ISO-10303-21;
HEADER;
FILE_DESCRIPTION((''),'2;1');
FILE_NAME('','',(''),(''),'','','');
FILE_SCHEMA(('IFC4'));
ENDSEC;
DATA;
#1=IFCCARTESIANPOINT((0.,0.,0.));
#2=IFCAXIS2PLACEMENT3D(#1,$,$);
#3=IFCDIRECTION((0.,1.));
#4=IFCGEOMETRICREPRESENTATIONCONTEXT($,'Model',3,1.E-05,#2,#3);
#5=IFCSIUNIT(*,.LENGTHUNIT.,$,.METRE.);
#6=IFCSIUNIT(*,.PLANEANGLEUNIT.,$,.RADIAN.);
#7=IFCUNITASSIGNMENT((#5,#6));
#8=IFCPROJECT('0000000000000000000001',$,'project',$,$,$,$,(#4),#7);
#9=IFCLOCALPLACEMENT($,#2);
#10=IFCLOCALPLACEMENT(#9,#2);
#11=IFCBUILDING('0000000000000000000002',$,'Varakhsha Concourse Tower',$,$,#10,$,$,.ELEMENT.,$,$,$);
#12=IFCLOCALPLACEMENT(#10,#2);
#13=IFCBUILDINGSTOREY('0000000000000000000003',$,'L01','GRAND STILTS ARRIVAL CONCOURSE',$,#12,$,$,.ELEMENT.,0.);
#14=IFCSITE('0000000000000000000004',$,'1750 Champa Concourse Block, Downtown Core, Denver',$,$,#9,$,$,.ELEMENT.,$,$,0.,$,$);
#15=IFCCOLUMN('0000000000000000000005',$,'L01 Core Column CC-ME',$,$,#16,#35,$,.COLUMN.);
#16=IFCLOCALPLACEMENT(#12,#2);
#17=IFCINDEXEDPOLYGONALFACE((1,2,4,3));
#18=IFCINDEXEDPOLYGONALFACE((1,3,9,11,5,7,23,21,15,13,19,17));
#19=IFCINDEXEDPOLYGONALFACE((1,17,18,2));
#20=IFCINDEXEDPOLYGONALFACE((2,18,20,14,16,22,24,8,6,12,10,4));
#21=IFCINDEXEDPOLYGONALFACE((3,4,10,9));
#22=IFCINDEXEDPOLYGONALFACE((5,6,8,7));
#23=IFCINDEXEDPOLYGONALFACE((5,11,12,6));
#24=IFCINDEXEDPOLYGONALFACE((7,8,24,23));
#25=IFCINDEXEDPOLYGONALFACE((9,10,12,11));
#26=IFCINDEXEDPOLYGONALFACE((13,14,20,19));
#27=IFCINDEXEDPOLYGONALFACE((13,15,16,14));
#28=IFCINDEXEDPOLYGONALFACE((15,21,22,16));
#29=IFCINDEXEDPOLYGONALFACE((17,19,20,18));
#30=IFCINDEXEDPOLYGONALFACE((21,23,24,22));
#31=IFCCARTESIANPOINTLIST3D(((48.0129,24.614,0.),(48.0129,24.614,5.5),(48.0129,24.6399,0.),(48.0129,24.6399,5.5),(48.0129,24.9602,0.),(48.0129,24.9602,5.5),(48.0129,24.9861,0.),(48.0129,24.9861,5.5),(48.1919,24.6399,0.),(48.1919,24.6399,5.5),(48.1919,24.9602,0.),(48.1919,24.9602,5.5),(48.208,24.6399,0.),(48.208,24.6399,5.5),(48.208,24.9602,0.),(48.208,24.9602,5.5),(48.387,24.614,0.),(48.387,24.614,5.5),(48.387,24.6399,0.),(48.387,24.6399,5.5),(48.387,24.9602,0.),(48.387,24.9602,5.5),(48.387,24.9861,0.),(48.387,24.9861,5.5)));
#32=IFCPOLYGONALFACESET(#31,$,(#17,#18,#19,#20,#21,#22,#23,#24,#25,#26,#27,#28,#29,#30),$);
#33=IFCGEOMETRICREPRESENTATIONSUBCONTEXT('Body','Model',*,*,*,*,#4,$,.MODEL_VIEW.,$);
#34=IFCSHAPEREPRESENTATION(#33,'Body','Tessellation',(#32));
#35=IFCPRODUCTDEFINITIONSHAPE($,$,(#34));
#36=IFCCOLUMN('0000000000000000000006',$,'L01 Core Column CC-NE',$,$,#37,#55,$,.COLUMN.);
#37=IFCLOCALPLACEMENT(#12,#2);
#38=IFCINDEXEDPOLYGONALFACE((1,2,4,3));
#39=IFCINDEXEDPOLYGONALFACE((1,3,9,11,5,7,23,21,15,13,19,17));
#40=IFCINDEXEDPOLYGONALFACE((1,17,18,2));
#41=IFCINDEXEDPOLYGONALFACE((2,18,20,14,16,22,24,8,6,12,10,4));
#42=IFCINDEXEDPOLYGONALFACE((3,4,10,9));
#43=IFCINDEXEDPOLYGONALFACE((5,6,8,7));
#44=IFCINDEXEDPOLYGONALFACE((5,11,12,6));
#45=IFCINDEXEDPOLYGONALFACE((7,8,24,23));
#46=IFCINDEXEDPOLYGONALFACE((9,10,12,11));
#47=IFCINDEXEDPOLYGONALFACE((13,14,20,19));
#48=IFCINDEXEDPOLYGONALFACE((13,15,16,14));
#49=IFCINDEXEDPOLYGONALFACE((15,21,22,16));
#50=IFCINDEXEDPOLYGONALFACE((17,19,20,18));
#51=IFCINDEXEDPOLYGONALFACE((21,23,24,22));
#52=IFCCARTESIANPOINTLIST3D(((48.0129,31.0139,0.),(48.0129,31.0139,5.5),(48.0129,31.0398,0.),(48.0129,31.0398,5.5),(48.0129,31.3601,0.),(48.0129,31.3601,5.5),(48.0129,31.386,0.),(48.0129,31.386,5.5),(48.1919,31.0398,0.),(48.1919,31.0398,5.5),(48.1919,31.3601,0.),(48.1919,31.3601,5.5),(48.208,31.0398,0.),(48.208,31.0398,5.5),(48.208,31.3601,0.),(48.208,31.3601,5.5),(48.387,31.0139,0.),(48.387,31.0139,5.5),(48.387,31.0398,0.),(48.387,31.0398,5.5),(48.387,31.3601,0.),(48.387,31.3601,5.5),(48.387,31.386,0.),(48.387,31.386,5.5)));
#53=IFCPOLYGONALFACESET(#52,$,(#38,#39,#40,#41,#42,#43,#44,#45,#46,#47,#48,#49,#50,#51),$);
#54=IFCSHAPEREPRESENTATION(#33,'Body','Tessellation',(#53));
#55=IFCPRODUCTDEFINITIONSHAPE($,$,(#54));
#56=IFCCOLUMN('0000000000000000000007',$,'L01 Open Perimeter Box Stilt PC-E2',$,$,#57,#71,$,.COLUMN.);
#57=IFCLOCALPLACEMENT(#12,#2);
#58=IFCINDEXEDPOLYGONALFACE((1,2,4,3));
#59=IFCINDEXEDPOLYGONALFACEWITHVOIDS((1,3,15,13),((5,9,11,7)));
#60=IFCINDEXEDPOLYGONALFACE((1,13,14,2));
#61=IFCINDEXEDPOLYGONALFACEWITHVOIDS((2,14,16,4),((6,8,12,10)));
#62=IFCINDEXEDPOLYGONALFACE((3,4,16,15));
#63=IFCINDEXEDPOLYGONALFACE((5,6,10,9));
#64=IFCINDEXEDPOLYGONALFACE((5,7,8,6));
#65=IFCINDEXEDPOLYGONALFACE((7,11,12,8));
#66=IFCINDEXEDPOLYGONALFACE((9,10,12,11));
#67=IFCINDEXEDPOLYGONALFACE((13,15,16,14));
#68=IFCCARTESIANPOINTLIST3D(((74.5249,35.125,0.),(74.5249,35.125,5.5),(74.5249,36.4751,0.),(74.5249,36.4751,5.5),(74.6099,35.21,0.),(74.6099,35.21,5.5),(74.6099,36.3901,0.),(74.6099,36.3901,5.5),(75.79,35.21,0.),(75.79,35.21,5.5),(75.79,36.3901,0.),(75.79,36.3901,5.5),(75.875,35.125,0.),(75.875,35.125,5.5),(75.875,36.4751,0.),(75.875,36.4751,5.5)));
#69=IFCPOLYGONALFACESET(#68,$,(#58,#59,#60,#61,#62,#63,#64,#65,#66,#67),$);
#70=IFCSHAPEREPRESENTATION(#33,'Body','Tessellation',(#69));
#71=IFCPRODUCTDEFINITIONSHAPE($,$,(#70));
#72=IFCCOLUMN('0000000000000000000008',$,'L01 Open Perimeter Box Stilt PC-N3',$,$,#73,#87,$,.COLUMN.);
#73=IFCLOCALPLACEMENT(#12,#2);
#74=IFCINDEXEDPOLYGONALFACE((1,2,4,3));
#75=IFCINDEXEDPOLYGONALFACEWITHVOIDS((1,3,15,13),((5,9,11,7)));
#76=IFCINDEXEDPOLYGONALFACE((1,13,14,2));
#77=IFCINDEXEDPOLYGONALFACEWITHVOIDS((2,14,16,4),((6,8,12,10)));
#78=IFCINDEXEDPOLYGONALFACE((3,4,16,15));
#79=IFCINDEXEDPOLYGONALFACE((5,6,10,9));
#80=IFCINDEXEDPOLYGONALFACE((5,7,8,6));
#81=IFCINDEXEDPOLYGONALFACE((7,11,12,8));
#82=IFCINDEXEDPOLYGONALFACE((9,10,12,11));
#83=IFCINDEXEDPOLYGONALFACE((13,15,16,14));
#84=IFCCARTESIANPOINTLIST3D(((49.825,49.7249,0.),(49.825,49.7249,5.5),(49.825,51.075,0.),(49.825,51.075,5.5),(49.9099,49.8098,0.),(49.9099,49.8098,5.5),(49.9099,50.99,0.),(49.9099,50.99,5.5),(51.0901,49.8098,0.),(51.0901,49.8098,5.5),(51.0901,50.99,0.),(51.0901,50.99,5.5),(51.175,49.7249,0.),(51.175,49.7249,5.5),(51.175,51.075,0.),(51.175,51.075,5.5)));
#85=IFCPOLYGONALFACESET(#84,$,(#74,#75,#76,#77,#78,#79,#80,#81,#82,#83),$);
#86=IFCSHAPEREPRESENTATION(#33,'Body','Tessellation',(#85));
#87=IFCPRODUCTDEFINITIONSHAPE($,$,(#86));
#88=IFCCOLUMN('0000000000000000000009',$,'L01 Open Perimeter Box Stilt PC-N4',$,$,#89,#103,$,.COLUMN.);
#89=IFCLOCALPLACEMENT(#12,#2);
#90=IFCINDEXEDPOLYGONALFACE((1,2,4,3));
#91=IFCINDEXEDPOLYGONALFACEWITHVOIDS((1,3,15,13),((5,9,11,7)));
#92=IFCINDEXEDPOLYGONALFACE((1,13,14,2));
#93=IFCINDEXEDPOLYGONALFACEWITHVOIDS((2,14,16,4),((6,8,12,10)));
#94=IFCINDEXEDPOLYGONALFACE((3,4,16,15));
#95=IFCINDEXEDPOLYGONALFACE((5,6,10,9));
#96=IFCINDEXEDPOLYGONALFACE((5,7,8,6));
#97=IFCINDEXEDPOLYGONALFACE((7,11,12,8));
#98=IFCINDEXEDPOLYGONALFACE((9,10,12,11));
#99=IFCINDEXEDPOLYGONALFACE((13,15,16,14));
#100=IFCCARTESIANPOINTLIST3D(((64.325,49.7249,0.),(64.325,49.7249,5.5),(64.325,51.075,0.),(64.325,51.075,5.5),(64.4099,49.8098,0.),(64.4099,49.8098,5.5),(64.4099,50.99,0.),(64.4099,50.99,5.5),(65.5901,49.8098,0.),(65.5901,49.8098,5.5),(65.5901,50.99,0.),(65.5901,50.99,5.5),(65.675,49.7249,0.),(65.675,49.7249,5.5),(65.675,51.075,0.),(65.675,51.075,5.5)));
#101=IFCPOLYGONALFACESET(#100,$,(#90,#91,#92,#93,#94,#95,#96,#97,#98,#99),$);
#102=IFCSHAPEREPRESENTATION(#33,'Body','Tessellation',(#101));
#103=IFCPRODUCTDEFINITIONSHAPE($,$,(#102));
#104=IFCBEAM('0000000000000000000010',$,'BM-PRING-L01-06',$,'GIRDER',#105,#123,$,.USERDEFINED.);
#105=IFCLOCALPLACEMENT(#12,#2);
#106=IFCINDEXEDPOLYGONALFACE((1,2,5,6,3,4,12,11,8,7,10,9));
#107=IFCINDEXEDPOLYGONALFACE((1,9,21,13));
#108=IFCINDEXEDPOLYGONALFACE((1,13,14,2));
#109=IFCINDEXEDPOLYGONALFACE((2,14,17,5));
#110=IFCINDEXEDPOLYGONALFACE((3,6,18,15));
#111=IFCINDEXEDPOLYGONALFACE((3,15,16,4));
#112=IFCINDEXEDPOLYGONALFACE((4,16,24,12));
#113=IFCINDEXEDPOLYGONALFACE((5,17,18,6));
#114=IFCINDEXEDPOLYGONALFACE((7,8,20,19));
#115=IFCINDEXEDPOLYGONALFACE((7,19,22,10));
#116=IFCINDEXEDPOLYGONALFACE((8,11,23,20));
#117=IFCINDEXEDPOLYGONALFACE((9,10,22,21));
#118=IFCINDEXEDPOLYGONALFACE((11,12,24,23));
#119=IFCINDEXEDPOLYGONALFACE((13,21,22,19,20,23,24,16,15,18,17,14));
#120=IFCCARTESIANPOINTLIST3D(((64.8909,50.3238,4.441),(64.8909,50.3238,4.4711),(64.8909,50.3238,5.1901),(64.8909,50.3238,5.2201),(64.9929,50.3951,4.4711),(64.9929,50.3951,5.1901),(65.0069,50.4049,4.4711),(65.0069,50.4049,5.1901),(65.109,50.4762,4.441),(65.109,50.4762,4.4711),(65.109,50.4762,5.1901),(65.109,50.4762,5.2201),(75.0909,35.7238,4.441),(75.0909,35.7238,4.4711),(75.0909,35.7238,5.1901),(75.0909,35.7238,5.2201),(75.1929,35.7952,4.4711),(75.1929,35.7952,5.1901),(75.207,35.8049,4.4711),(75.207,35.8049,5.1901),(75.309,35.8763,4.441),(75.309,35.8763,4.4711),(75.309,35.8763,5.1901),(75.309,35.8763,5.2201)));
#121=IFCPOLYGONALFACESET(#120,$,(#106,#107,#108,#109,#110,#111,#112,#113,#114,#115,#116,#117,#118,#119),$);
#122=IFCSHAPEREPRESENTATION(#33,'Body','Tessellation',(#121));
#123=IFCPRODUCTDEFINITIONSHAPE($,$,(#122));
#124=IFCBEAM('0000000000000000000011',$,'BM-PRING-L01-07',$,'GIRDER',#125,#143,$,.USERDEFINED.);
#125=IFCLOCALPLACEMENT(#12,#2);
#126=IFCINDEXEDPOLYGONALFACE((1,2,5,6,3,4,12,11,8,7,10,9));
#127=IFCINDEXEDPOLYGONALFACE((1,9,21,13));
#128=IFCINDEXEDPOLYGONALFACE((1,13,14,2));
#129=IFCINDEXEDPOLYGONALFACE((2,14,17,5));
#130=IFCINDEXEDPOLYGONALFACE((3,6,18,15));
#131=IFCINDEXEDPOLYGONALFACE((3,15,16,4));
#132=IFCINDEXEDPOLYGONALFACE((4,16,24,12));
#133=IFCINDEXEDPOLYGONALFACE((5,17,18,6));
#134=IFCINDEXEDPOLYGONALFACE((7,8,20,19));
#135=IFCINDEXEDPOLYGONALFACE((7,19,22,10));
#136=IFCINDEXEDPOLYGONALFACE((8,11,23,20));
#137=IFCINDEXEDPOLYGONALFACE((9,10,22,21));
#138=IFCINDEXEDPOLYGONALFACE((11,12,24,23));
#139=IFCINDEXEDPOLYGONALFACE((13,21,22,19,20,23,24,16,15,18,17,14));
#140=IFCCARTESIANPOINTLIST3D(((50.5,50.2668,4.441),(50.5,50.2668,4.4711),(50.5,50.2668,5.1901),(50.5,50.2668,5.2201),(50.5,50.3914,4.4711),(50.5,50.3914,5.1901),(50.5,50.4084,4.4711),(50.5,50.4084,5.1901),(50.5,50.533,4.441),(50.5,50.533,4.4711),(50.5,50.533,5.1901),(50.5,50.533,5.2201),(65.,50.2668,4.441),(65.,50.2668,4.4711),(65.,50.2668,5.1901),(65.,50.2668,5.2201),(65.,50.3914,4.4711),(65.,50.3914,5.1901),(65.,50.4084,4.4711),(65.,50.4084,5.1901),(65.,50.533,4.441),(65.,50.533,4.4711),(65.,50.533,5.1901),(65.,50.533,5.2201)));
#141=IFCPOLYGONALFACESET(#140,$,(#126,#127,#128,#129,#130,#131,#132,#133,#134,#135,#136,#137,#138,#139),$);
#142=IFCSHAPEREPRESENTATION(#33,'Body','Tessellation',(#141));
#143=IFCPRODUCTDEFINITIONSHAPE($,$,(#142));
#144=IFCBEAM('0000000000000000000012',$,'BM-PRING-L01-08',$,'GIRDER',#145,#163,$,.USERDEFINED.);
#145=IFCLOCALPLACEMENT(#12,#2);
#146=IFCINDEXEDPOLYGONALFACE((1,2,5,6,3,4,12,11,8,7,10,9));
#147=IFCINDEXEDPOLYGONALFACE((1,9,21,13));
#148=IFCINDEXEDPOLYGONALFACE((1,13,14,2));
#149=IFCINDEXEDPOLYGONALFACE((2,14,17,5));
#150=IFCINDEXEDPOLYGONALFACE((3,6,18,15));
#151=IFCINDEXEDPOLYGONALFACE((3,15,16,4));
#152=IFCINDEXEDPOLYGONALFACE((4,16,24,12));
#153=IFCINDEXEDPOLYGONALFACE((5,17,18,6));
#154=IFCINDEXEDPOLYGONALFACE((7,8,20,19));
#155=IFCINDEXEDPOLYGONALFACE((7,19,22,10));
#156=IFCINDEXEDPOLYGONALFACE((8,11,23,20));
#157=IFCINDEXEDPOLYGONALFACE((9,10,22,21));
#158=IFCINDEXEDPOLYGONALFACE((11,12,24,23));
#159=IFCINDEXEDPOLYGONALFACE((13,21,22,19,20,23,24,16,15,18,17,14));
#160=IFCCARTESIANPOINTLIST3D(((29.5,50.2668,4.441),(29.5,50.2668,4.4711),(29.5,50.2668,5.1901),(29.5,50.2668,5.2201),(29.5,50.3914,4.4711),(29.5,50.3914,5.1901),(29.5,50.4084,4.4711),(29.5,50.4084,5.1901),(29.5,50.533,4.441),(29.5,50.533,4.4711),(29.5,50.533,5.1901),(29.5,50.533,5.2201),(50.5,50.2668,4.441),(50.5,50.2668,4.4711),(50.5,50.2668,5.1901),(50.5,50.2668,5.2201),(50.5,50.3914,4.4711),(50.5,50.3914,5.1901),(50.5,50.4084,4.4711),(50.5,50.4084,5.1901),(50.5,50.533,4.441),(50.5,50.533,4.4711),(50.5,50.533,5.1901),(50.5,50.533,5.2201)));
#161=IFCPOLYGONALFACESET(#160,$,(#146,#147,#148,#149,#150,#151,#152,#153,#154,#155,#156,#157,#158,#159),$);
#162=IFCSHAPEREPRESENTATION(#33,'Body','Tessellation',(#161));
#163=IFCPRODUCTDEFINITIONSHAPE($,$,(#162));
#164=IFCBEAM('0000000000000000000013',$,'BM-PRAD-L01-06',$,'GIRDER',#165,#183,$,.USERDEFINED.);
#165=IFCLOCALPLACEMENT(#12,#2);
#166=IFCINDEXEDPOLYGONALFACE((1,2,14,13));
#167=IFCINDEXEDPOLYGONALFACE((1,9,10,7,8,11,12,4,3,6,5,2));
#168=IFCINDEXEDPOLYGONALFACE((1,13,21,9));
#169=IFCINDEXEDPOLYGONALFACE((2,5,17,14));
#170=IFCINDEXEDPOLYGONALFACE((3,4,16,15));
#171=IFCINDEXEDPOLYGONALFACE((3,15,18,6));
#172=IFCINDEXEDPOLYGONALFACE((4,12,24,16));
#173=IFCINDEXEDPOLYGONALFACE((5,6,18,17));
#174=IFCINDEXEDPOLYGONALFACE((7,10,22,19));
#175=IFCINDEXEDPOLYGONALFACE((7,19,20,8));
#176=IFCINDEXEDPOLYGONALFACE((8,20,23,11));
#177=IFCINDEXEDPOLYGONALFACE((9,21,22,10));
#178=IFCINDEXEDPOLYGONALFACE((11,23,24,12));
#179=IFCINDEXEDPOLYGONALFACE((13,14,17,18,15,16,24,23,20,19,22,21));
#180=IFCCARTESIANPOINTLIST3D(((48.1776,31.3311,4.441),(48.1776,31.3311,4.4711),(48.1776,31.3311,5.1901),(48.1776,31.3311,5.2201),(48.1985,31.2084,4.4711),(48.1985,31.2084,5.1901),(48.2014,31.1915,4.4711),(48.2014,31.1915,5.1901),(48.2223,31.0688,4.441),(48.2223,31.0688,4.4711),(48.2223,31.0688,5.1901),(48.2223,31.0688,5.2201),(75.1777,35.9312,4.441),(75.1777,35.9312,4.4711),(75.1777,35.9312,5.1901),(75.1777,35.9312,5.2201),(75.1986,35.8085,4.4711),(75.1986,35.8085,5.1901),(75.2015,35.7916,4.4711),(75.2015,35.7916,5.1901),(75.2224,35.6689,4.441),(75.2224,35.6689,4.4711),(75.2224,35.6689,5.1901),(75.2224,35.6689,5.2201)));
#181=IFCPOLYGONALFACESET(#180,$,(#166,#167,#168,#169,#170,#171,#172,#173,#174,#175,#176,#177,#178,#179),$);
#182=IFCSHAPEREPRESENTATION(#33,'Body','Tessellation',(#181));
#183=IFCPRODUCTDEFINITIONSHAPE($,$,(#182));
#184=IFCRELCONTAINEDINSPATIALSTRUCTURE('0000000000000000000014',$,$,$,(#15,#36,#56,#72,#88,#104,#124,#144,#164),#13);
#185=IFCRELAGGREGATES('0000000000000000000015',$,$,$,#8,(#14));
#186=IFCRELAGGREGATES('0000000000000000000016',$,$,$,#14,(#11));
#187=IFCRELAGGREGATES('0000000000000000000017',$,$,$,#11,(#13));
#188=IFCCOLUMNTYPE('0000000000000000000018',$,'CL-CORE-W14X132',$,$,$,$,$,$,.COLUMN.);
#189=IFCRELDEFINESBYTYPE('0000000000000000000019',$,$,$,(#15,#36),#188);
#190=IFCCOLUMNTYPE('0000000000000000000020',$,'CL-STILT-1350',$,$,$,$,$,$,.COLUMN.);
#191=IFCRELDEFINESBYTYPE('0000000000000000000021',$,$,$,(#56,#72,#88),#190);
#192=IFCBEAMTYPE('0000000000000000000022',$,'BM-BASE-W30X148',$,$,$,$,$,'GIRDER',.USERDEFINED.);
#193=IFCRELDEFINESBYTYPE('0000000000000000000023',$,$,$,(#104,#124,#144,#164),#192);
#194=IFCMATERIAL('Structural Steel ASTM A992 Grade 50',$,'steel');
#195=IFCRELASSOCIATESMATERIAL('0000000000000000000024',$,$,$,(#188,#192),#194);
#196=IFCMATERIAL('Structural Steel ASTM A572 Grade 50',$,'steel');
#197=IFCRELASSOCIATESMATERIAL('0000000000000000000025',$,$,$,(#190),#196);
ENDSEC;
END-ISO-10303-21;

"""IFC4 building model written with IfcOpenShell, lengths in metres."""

from ifc_helpers import new_model, si_unit, direction, frame, origin, origin_2d, place, context, subcontext, project, spatial, hollow_rectangle, i_section, extrude, material, material_profile, profile_set, type_object, element, save


model = new_model("IFC4")

# Units and contexts
model_context = context("Model", 3, precision=1e-05, world=origin(), true_north=direction((0.0, 1.0)))
body_context = subcontext(model_context, "Body", "Model", "MODEL_VIEW")
ifc_project = project(units=[si_unit("LENGTHUNIT", "METRE"), si_unit("PLANEANGLEUNIT", "RADIAN")], contexts=[model_context])

# Site, building, storey
site_placement = place(None, origin())
site = spatial("IfcSite", under=ifc_project, at=site_placement, Name="1750 Champa Concourse Block, Downtown Core, Denver", CompositionType="ELEMENT", RefElevation=0.0)
building_placement = place(site_placement, origin())
building = spatial("IfcBuilding", under=site, at=building_placement, Name="Varakhsha Concourse Tower", CompositionType="ELEMENT")
storey_placement = place(building_placement, origin())
storey = spatial("IfcBuildingStorey", under=building, at=storey_placement, Name="L01", Description="GRAND STILTS ARRIVAL CONCOURSE", CompositionType="ELEMENT", Elevation=0.0)

# Columns
ifc_material_1 = material(Name="Structural Steel ASTM A992 Grade 50", Category="steel")
ifc_material_profile_1 = material_profile(ifc_material_1, i_section(OverallWidth=0.374, OverallDepth=0.3721, WebThickness=0.0161, FlangeThickness=0.0259, at=origin_2d()), Name="W14X132")
ifc_profile_set_1 = profile_set([ifc_material_profile_1], Name="Structural Steel ASTM A992 Grade 50")
column_type_1 = type_object("IfcColumnType", Name="CL-CORE-W14X132", PredefinedType="COLUMN", material=ifc_profile_set_1)
for number, where, z_axis, x_axis, name in (
    (1, (48.2, 24.8, 0.0), (0.0, 0.0, 1.0), (1.0, 0.0, 0.0), "L01 Core Column CC-ME"),
    (2, (48.2, 31.2, 0.0), (0.0, 0.0, 1.0), (1.0, 0.0, 0.0), "L01 Core Column CC-NE"),
):
    element("IfcColumn", number, at=place(storey_placement, frame(where, z_axis=z_axis, x_axis=x_axis)), inside=storey, type_object=column_type_1, Name=name, PredefinedType="COLUMN", context=body_context, shape_type="SweptSolid", body=[
        extrude(i_section(OverallWidth=0.374, OverallDepth=0.3721, WebThickness=0.0161, FlangeThickness=0.0259, at=origin_2d()), origin(), (0.0, 0.0, 1.0), 5.5),
    ])
ifc_material_2 = material(Name="Structural Steel ASTM A572 Grade 50", Category="steel")
ifc_material_profile_2 = material_profile(ifc_material_2, hollow_rectangle(XDim=1.3501, YDim=1.3501, WallThickness=0.085, at=origin_2d()), Name="BOX 1350x1350x85")
ifc_profile_set_2 = profile_set([ifc_material_profile_2], Name="Structural Steel ASTM A572 Grade 50")
column_type_2 = type_object("IfcColumnType", Name="CL-STILT-1350", PredefinedType="COLUMN", material=ifc_profile_set_2)
for number, where, z_axis, x_axis, name in (
    (3, (75.2, 35.8, 0.0), (0.0, 0.0, 1.0), (1.0, 0.0, 0.0), "L01 Open Perimeter Box Stilt PC-E2"),
    (4, (50.5, 50.3999, 0.0), (0.0, 0.0, 1.0), (1.0, 0.0, 0.0), "L01 Open Perimeter Box Stilt PC-N3"),
    (5, (65.0, 50.3999, 0.0), (0.0, 0.0, 1.0), (1.0, 0.0, 0.0), "L01 Open Perimeter Box Stilt PC-N4"),
):
    element("IfcColumn", number, at=place(storey_placement, frame(where, z_axis=z_axis, x_axis=x_axis)), inside=storey, type_object=column_type_2, Name=name, PredefinedType="COLUMN", context=body_context, shape_type="SweptSolid", body=[
        extrude(hollow_rectangle(XDim=1.3501, YDim=1.3501, WallThickness=0.085, at=origin_2d()), origin(), (0.0, 0.0, 1.0), 5.5),
    ])

# Beams
ifc_material_profile_3 = material_profile(ifc_material_1, i_section(OverallWidth=0.2661, OverallDepth=0.7791, WebThickness=0.0171, FlangeThickness=0.03, at=origin_2d()), Name="W30X148")
ifc_profile_set_3 = profile_set([ifc_material_profile_3], Name="Structural Steel ASTM A992 Grade 50")
beam_type_1 = type_object("IfcBeamType", Name="BM-BASE-W30X148", ElementType="GIRDER", PredefinedType="USERDEFINED", material=ifc_profile_set_3)
beam_1_placement = place(storey_placement, frame((75.2, 35.8, 4.8306), z_axis=(-0.57271, 0.819758, 0.0), x_axis=(-0.819758, -0.57271, 0.0)))
element("IfcBeam", 6, at=beam_1_placement, inside=storey, type_object=beam_type_1, Name="BM-PRING-L01-06", ObjectType="GIRDER", PredefinedType="USERDEFINED", context=body_context, shape_type="SweptSolid", body=[
    extrude(i_section(OverallWidth=0.2661, OverallDepth=0.7791, WebThickness=0.0171, FlangeThickness=0.03, at=origin_2d()), origin(), (0.0, 0.0, 1.0), 17.8101),
])
beam_2_placement = place(storey_placement, frame((65.0, 50.3999, 4.8306), z_axis=(-1.0, 0.0, 0.0), x_axis=(0.0, -1.0, 0.0)))
element("IfcBeam", 7, at=beam_2_placement, inside=storey, type_object=beam_type_1, Name="BM-PRING-L01-07", ObjectType="GIRDER", PredefinedType="USERDEFINED", context=body_context, shape_type="SweptSolid", body=[
    extrude(i_section(OverallWidth=0.2661, OverallDepth=0.7791, WebThickness=0.0171, FlangeThickness=0.03, at=origin_2d()), origin(), (0.0, 0.0, 1.0), 14.5),
])
beam_3_placement = place(storey_placement, frame((50.5, 50.3999, 4.8306), z_axis=(-1.0, 0.0, 0.0), x_axis=(0.0, -1.0, 0.0)))
element("IfcBeam", 8, at=beam_3_placement, inside=storey, type_object=beam_type_1, Name="BM-PRING-L01-08", ObjectType="GIRDER", PredefinedType="USERDEFINED", context=body_context, shape_type="SweptSolid", body=[
    extrude(i_section(OverallWidth=0.2661, OverallDepth=0.7791, WebThickness=0.0171, FlangeThickness=0.03, at=origin_2d()), origin(), (0.0, 0.0, 1.0), 21.0),
])
beam_4_placement = place(storey_placement, frame((48.2, 31.2, 4.8306), z_axis=(0.985795, 0.167954, 0.0), x_axis=(-0.167954, 0.985795, 0.0)))
element("IfcBeam", 9, at=beam_4_placement, inside=storey, type_object=beam_type_1, Name="BM-PRAD-L01-06", ObjectType="GIRDER", PredefinedType="USERDEFINED", context=body_context, shape_type="SweptSolid", body=[
    extrude(i_section(OverallWidth=0.2661, OverallDepth=0.7791, WebThickness=0.0171, FlangeThickness=0.03, at=origin_2d()), origin(), (0.0, 0.0, 1.0), 27.3892),
])

save(model, "model.ifc")
